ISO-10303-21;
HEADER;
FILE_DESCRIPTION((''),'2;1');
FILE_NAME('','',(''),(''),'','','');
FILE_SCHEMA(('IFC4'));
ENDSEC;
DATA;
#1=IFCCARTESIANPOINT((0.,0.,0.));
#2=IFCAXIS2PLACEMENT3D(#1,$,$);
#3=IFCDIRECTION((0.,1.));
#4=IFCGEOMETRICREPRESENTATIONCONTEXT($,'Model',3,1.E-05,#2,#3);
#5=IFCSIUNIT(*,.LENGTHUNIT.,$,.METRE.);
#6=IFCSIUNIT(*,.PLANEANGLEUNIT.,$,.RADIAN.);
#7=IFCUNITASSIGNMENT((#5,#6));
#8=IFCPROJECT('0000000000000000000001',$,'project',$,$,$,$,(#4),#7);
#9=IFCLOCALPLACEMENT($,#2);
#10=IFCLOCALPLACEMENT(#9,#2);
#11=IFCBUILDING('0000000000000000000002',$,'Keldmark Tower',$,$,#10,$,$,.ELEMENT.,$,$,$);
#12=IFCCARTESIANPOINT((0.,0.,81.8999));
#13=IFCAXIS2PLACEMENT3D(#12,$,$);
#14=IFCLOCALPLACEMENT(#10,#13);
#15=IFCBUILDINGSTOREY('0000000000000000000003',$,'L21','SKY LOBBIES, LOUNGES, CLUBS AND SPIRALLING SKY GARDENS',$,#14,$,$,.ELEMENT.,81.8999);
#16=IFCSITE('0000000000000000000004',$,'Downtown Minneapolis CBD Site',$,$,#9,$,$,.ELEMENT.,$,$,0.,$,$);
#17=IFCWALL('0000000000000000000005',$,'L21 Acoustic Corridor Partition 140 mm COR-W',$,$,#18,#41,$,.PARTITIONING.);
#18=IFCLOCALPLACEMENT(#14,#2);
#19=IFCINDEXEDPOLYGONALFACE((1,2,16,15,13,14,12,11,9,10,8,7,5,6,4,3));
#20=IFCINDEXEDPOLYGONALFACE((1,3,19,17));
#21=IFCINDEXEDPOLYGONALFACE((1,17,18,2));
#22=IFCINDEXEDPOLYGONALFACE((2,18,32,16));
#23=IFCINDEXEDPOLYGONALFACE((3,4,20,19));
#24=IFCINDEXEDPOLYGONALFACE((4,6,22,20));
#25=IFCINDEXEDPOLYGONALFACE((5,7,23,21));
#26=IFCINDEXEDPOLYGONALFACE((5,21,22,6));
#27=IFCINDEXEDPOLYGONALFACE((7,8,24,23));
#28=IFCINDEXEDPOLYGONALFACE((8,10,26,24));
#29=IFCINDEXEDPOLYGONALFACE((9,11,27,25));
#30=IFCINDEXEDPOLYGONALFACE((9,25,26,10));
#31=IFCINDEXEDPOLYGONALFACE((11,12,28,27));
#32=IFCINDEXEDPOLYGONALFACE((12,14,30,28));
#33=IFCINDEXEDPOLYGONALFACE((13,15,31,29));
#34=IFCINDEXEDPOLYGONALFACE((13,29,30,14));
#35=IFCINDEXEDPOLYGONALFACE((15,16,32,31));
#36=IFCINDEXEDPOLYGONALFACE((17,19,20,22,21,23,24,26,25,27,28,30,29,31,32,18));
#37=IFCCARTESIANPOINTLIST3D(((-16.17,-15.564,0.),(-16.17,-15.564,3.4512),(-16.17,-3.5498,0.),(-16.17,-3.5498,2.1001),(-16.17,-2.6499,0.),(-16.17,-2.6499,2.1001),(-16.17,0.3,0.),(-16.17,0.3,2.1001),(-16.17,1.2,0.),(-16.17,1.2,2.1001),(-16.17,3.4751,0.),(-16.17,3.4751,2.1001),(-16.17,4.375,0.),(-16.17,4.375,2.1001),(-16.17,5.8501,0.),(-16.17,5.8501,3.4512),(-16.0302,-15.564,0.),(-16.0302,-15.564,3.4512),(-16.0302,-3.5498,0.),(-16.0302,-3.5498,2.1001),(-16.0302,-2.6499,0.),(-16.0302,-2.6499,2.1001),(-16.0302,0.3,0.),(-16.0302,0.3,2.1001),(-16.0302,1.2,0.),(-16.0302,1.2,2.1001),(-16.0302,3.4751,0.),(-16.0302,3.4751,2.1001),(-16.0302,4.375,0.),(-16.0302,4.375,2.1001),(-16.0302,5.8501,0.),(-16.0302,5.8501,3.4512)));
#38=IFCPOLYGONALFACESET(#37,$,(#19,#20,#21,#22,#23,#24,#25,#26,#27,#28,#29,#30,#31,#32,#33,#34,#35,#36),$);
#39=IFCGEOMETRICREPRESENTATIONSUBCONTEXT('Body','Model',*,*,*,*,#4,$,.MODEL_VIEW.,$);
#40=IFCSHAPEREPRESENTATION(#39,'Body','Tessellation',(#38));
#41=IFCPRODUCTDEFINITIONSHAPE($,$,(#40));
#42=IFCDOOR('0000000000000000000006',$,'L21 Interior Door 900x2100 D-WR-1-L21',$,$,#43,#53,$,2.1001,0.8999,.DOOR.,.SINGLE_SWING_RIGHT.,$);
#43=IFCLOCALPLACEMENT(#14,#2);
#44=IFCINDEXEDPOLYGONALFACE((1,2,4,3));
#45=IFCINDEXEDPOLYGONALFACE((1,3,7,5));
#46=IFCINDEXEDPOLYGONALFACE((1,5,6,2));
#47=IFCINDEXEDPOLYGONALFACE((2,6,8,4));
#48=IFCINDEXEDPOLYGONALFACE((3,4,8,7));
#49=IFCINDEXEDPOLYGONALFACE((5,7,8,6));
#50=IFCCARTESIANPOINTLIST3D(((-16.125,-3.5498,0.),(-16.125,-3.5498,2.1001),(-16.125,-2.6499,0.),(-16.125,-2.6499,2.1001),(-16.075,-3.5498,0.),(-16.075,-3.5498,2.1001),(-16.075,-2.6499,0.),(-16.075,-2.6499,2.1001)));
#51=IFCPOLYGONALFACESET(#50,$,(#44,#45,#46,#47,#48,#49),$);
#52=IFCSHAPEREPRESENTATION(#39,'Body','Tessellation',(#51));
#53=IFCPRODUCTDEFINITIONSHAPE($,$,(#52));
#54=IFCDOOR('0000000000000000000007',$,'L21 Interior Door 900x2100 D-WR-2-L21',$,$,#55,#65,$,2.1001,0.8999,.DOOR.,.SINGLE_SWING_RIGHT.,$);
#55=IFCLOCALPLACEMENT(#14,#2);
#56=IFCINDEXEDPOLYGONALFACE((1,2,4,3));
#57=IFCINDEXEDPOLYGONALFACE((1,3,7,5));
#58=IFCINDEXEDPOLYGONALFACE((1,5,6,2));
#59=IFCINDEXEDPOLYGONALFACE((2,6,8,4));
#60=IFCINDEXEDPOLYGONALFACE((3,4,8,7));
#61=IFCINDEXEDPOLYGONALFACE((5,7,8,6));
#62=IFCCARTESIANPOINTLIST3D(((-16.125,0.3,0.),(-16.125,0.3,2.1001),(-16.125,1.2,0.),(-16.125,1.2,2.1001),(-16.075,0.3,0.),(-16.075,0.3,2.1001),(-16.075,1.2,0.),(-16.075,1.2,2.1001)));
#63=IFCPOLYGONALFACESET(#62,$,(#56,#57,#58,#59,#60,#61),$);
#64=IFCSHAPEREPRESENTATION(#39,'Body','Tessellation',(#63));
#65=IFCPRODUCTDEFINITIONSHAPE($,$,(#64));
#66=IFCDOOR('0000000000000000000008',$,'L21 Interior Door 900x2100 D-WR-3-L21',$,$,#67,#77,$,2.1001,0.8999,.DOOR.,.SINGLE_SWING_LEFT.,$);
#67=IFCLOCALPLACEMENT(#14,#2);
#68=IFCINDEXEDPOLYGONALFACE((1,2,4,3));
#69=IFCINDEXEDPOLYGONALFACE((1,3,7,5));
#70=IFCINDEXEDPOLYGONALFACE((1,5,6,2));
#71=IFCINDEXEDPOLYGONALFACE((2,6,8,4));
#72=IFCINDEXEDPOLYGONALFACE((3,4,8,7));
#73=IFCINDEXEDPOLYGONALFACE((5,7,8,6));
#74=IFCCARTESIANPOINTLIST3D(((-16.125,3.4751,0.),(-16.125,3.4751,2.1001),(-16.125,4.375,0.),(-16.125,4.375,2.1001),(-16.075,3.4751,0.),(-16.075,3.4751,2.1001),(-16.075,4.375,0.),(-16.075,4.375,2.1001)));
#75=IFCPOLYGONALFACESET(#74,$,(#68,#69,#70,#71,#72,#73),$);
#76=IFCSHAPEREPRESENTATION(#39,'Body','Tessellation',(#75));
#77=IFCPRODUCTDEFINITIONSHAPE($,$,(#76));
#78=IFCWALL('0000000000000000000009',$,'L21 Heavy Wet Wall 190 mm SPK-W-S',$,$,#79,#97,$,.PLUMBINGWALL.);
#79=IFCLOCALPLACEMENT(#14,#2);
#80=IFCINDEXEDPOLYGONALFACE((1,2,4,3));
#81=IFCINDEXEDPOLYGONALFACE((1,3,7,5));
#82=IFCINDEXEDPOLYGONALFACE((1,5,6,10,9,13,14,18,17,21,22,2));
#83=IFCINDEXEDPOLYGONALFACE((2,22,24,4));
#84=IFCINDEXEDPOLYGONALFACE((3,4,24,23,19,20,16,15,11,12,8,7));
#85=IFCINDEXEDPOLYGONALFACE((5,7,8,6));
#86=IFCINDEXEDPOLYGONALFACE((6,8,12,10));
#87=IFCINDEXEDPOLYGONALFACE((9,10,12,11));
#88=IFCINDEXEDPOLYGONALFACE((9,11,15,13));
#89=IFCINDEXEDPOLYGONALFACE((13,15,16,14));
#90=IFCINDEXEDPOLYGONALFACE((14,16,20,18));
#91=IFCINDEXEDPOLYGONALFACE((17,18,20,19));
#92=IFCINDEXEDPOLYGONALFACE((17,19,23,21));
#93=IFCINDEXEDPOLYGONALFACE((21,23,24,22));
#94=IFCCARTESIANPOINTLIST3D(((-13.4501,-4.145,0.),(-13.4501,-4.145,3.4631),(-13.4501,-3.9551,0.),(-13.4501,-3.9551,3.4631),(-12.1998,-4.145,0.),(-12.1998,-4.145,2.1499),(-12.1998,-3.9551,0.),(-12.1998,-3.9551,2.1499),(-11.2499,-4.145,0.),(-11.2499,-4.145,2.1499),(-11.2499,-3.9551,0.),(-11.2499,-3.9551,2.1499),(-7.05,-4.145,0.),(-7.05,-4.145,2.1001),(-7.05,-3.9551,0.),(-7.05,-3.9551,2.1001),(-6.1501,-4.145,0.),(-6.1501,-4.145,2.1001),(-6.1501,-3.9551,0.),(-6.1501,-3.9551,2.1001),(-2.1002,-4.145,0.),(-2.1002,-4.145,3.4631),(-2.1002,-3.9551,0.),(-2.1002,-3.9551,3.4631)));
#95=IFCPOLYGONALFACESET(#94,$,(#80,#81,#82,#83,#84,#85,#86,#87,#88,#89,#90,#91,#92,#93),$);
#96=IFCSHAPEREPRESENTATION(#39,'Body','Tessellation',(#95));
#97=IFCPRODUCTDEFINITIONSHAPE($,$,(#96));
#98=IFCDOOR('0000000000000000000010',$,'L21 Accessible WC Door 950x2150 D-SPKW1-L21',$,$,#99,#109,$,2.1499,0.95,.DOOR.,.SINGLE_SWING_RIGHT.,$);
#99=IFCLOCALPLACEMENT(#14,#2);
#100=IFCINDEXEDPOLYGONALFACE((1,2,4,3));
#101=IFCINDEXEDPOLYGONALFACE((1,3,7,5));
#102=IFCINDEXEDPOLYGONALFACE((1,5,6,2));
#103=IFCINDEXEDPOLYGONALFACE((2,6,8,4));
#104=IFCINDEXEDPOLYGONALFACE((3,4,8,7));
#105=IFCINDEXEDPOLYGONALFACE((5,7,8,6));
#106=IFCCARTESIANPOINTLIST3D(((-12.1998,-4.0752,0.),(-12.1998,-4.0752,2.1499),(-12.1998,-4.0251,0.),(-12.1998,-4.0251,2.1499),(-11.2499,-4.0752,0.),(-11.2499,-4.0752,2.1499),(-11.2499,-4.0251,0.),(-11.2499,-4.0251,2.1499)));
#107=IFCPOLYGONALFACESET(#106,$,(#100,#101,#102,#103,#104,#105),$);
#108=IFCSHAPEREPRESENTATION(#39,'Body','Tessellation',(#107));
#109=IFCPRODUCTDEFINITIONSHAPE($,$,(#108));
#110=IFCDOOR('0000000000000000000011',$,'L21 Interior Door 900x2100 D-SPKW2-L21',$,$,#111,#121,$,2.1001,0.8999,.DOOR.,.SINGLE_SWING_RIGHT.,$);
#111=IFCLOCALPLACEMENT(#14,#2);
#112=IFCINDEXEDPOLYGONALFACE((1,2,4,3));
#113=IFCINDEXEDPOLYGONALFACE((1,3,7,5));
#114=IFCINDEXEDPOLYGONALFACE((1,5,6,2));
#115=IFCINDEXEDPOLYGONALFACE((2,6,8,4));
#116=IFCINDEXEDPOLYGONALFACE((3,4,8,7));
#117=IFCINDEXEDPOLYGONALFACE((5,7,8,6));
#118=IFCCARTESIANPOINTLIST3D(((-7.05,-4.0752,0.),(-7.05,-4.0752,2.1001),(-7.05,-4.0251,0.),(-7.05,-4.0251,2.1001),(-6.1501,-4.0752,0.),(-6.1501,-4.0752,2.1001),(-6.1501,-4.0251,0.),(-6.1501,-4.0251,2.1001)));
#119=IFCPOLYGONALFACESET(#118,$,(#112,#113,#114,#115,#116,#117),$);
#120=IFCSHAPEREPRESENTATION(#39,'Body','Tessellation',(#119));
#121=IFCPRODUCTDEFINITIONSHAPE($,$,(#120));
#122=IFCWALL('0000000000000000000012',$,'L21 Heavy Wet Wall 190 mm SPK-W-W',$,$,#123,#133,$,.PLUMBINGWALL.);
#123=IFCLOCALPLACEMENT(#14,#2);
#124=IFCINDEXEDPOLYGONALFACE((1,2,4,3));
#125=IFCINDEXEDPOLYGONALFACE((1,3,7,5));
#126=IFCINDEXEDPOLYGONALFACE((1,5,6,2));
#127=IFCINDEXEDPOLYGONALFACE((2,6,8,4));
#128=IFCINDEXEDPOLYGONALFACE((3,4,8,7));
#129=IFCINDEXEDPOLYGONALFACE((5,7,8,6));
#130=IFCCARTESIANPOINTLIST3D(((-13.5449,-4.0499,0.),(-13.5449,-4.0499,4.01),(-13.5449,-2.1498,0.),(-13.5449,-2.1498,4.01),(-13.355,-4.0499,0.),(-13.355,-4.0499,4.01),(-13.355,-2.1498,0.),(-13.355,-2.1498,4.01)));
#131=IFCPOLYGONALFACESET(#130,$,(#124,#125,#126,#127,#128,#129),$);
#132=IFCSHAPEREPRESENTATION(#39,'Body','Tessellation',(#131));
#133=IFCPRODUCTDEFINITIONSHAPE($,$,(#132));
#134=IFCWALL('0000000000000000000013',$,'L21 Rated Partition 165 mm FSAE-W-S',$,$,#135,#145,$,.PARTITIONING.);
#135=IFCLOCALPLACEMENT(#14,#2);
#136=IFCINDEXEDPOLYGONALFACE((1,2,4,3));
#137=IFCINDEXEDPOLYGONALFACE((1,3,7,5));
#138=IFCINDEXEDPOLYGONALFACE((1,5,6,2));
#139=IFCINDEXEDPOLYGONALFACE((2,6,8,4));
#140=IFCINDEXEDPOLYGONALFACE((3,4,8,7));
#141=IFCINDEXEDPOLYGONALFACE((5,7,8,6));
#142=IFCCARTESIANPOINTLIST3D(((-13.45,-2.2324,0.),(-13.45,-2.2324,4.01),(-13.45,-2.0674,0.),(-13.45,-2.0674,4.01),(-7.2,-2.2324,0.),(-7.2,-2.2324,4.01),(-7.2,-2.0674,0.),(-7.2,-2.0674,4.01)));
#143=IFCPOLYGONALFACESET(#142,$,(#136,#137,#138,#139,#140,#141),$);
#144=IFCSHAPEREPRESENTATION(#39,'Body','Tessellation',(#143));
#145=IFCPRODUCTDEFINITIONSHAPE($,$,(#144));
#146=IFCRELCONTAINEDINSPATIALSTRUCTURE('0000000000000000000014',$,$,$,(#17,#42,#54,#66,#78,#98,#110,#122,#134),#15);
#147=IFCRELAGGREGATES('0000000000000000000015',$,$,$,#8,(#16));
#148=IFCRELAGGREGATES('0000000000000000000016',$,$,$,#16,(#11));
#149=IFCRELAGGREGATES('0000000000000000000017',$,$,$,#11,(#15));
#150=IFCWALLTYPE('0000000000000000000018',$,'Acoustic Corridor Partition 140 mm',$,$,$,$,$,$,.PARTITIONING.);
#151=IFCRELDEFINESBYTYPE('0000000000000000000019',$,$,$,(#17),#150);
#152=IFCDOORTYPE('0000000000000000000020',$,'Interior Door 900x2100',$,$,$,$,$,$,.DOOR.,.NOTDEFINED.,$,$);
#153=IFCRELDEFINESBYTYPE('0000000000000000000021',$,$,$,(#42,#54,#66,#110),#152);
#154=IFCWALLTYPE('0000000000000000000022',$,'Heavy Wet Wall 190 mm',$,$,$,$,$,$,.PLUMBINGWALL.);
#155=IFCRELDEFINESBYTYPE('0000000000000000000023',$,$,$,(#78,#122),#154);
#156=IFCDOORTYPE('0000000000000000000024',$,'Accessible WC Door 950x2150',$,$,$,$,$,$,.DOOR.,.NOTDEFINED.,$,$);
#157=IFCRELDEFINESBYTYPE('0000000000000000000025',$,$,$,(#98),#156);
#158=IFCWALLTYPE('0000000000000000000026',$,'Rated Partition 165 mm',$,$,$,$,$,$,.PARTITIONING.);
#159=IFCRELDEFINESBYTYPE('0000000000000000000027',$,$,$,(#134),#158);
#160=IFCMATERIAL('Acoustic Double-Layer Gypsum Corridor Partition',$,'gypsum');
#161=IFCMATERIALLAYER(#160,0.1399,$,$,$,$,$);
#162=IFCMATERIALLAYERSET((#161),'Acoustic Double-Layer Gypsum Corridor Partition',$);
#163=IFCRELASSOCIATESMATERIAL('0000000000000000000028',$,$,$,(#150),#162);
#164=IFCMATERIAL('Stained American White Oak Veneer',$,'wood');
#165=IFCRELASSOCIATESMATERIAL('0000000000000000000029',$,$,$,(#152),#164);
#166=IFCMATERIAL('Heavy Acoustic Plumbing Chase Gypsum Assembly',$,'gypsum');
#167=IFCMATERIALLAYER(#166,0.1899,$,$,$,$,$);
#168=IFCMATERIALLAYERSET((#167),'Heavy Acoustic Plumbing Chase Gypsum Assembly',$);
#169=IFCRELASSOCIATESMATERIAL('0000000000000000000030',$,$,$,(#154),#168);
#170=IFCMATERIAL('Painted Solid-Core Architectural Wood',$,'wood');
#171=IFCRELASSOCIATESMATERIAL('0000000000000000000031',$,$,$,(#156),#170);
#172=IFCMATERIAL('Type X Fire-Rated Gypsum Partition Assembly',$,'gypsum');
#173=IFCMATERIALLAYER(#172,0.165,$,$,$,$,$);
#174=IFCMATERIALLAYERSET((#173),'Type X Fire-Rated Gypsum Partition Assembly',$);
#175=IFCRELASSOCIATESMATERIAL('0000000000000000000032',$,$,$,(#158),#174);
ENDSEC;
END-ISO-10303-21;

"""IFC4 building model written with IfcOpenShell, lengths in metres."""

from ifc_helpers import new_model, si_unit, direction, frame, frame_2d, origin, place, context, subcontext, project, spatial, rectangle, extrude, material, layer, layer_set, type_object, element, fill, save


model = new_model("IFC4")

# Units and contexts
model_context = context("Model", 3, precision=1e-05, world=origin(), true_north=direction((0.0, 1.0)))
body_context = subcontext(model_context, "Body", "Model", "MODEL_VIEW")
ifc_project = project(units=[si_unit("LENGTHUNIT", "METRE"), si_unit("PLANEANGLEUNIT", "RADIAN")], contexts=[model_context])

# Site, building, storey
site_placement = place(None, origin())
site = spatial("IfcSite", under=ifc_project, at=site_placement, Name="Downtown Minneapolis CBD Site", CompositionType="ELEMENT", RefElevation=0.0)
building_placement = place(site_placement, origin())
building = spatial("IfcBuilding", under=site, at=building_placement, Name="Keldmark Tower", CompositionType="ELEMENT")
storey_placement = place(building_placement, frame((0.0, 0.0, 81.8999)))
storey = spatial("IfcBuildingStorey", under=building, at=storey_placement, Name="L21", Description="SKY LOBBIES, LOUNGES, CLUBS AND SPIRALLING SKY GARDENS", CompositionType="ELEMENT", Elevation=81.8999)

# Walls, openings, doors
ifc_material_1 = material(Name="Acoustic Double-Layer Gypsum Corridor Partition", Category="gypsum")
ifc_layer_1 = layer(ifc_material_1, 0.1399)
ifc_layer_set_1 = layer_set([ifc_layer_1], Name="Acoustic Double-Layer Gypsum Corridor Partition")
wall_type_1 = type_object("IfcWallType", Name="Acoustic Corridor Partition 140 mm", PredefinedType="PARTITIONING", material=ifc_layer_set_1)
ifc_material_2 = material(Name="Stained American White Oak Veneer", Category="wood")
door_type_1 = type_object("IfcDoorType", Name="Interior Door 900x2100", OperationType="NOTDEFINED", PredefinedType="DOOR", material=ifc_material_2)
wall_1_placement = place(storey_placement, frame((-16.1001, -15.564, 0.0), z_axis=(0.0, 0.0, 1.0), x_axis=(0.0, 1.0, 0.0)))
wall_1 = element("IfcWall", 1, at=wall_1_placement, inside=storey, type_object=wall_type_1, Name="L21 Acoustic Corridor Partition 140 mm COR-W", PredefinedType="PARTITIONING", context=body_context, shape_type="SweptSolid", body=[
    extrude(rectangle(XDim=21.4141, YDim=0.1399, at=frame_2d((10.707, 0.0))), origin(), (0.0, 0.0, 1.0), 3.4512),
])
opening_1_placement = place(wall_1_placement, frame((12.0142, 0.0, 0.0)))
opening_1 = element("IfcOpeningElement", 2, at=opening_1_placement, cuts=wall_1, PredefinedType="OPENING", context=body_context, shape_type="SweptSolid", body=[
    extrude(rectangle(XDim=0.8999, YDim=2.1001, at=frame_2d((0.45, 1.05))), frame((0.0, 0.0798, 0.0), z_axis=(0.0, -1.0, 0.0), x_axis=(1.0, 0.0, 0.0)), (0.0, 0.0, 1.0), 0.1599),
])
opening_2_placement = place(wall_1_placement, frame((15.864, 0.0, 0.0)))
opening_2 = element("IfcOpeningElement", 3, at=opening_2_placement, cuts=wall_1, PredefinedType="OPENING", context=body_context, shape_type="SweptSolid", body=[
    extrude(rectangle(XDim=0.8999, YDim=2.1001, at=frame_2d((0.45, 1.05))), frame((0.0, 0.0798, 0.0), z_axis=(0.0, -1.0, 0.0), x_axis=(1.0, 0.0, 0.0)), (0.0, 0.0, 1.0), 0.1599),
])
opening_3_placement = place(wall_1_placement, frame((19.0391, 0.0, 0.0)))
opening_3 = element("IfcOpeningElement", 4, at=opening_3_placement, cuts=wall_1, PredefinedType="OPENING", context=body_context, shape_type="SweptSolid", body=[
    extrude(rectangle(XDim=0.8999, YDim=2.1001, at=frame_2d((0.45, 1.05))), frame((0.0, 0.0798, 0.0), z_axis=(0.0, -1.0, 0.0), x_axis=(1.0, 0.0, 0.0)), (0.0, 0.0, 1.0), 0.1599),
])
door_1_placement = place(opening_1_placement, origin())
door_1 = element("IfcDoor", 5, at=door_1_placement, inside=storey, type_object=door_type_1, Name="L21 Interior Door 900x2100 D-WR-1-L21", OperationType="SINGLE_SWING_RIGHT", OverallHeight=2.1001, OverallWidth=0.8999, PredefinedType="DOOR", context=body_context, shape_type="SweptSolid", body=[
    extrude(rectangle(XDim=0.8999, YDim=2.1001, at=frame_2d((0.45, 1.05))), frame((0.0, 0.0249, 0.0), z_axis=(0.0, -1.0, 0.0), x_axis=(1.0, 0.0, 0.0)), (0.0, 0.0, 1.0), 0.05),
])
fill(opening_1, door_1)
door_2_placement = place(opening_2_placement, origin())
door_2 = element("IfcDoor", 6, at=door_2_placement, inside=storey, type_object=door_type_1, Name="L21 Interior Door 900x2100 D-WR-2-L21", OperationType="SINGLE_SWING_RIGHT", OverallHeight=2.1001, OverallWidth=0.8999, PredefinedType="DOOR", context=body_context, shape_type="SweptSolid", body=[
    extrude(rectangle(XDim=0.8999, YDim=2.1001, at=frame_2d((0.45, 1.05))), frame((0.0, 0.0249, 0.0), z_axis=(0.0, -1.0, 0.0), x_axis=(1.0, 0.0, 0.0)), (0.0, 0.0, 1.0), 0.05),
])
fill(opening_2, door_2)
door_3_placement = place(opening_3_placement, origin())
door_3 = element("IfcDoor", 7, at=door_3_placement, inside=storey, type_object=door_type_1, Name="L21 Interior Door 900x2100 D-WR-3-L21", OperationType="SINGLE_SWING_LEFT", OverallHeight=2.1001, OverallWidth=0.8999, PredefinedType="DOOR", context=body_context, shape_type="SweptSolid", body=[
    extrude(rectangle(XDim=0.8999, YDim=2.1001, at=frame_2d((0.45, 1.05))), frame((0.0, 0.0249, 0.0), z_axis=(0.0, -1.0, 0.0), x_axis=(1.0, 0.0, 0.0)), (0.0, 0.0, 1.0), 0.05),
])
fill(opening_3, door_3)
ifc_material_3 = material(Name="Heavy Acoustic Plumbing Chase Gypsum Assembly", Category="gypsum")
ifc_layer_2 = layer(ifc_material_3, 0.1899)
ifc_layer_set_2 = layer_set([ifc_layer_2], Name="Heavy Acoustic Plumbing Chase Gypsum Assembly")
wall_type_2 = type_object("IfcWallType", Name="Heavy Wet Wall 190 mm", PredefinedType="PLUMBINGWALL", material=ifc_layer_set_2)
wall_2_placement = place(storey_placement, frame((-13.45, -4.05, 0.0), z_axis=(0.0, 0.0, 1.0), x_axis=(1.0, 0.0, 0.0)))
wall_2 = element("IfcWall", 8, at=wall_2_placement, inside=storey, type_object=wall_type_2, Name="L21 Heavy Wet Wall 190 mm SPK-W-S", PredefinedType="PLUMBINGWALL", context=body_context, shape_type="SweptSolid", body=[
    extrude(rectangle(XDim=11.3499, YDim=0.1899, at=frame_2d((5.6748, 0.0))), origin(), (0.0, 0.0, 1.0), 3.4631),
])
opening_4_placement = place(wall_2_placement, frame((1.25, 0.0, 0.0)))
opening_4 = element("IfcOpeningElement", 9, at=opening_4_placement, cuts=wall_2, PredefinedType="OPENING", context=body_context, shape_type="SweptSolid", body=[
    extrude(rectangle(XDim=0.95, YDim=2.1499, at=frame_2d((0.4751, 1.075))), frame((0.0, 0.105, 0.0), z_axis=(0.0, -1.0, 0.0), x_axis=(1.0, 0.0, 0.0)), (0.0, 0.0, 1.0), 0.21),
])
opening_5_placement = place(wall_2_placement, frame((6.3999, 0.0, 0.0)))
opening_5 = element("IfcOpeningElement", 10, at=opening_5_placement, cuts=wall_2, PredefinedType="OPENING", context=body_context, shape_type="SweptSolid", body=[
    extrude(rectangle(XDim=0.8999, YDim=2.1001, at=frame_2d((0.45, 1.05))), frame((0.0, 0.105, 0.0), z_axis=(0.0, -1.0, 0.0), x_axis=(1.0, 0.0, 0.0)), (0.0, 0.0, 1.0), 0.21),
])
ifc_material_4 = material(Name="Painted Solid-Core Architectural Wood", Category="wood")
door_type_2 = type_object("IfcDoorType", Name="Accessible WC Door 950x2150", OperationType="NOTDEFINED", PredefinedType="DOOR", material=ifc_material_4)
door_4_placement = place(opening_4_placement, origin())
door_4 = element("IfcDoor", 11, at=door_4_placement, inside=storey, type_object=door_type_2, Name="L21 Accessible WC Door 950x2150 D-SPKW1-L21", OperationType="SINGLE_SWING_RIGHT", OverallHeight=2.1499, OverallWidth=0.95, PredefinedType="DOOR", context=body_context, shape_type="SweptSolid", body=[
    extrude(rectangle(XDim=0.95, YDim=2.1499, at=frame_2d((0.4751, 1.075))), frame((0.0, 0.0249, 0.0), z_axis=(0.0, -1.0, 0.0), x_axis=(1.0, 0.0, 0.0)), (0.0, 0.0, 1.0), 0.05),
])
fill(opening_4, door_4)
door_5_placement = place(opening_5_placement, origin())
door_5 = element("IfcDoor", 12, at=door_5_placement, inside=storey, type_object=door_type_1, Name="L21 Interior Door 900x2100 D-SPKW2-L21", OperationType="SINGLE_SWING_RIGHT", OverallHeight=2.1001, OverallWidth=0.8999, PredefinedType="DOOR", context=body_context, shape_type="SweptSolid", body=[
    extrude(rectangle(XDim=0.8999, YDim=2.1001, at=frame_2d((0.45, 1.05))), frame((0.0, 0.0249, 0.0), z_axis=(0.0, -1.0, 0.0), x_axis=(1.0, 0.0, 0.0)), (0.0, 0.0, 1.0), 0.05),
])
fill(opening_5, door_5)

# Walls
wall_3_placement = place(storey_placement, frame((-13.45, -4.05, 0.0), z_axis=(0.0, 0.0, 1.0), x_axis=(0.0, 1.0, 0.0)))
element("IfcWall", 13, at=wall_3_placement, inside=storey, type_object=wall_type_2, Name="L21 Heavy Wet Wall 190 mm SPK-W-W", PredefinedType="PLUMBINGWALL", context=body_context, shape_type="SweptSolid", body=[
    extrude(rectangle(XDim=1.9001, YDim=0.1899, at=frame_2d((0.9502, 0.0))), origin(), (0.0, 0.0, 1.0), 4.01),
])
ifc_material_5 = material(Name="Type X Fire-Rated Gypsum Partition Assembly", Category="gypsum")
ifc_layer_3 = layer(ifc_material_5, 0.165)
ifc_layer_set_3 = layer_set([ifc_layer_3], Name="Type X Fire-Rated Gypsum Partition Assembly")
wall_type_3 = type_object("IfcWallType", Name="Rated Partition 165 mm", PredefinedType="PARTITIONING", material=ifc_layer_set_3)
wall_4_placement = place(storey_placement, frame((-13.45, -2.1499, 0.0), z_axis=(0.0, 0.0, 1.0), x_axis=(1.0, 0.0, 0.0)))
element("IfcWall", 14, at=wall_4_placement, inside=storey, type_object=wall_type_3, Name="L21 Rated Partition 165 mm FSAE-W-S", PredefinedType="PARTITIONING", context=body_context, shape_type="SweptSolid", body=[
    extrude(rectangle(XDim=6.25, YDim=0.165, at=frame_2d((3.125, 0.0))), origin(), (0.0, 0.0, 1.0), 4.01),
])

save(model, "model.ifc")
